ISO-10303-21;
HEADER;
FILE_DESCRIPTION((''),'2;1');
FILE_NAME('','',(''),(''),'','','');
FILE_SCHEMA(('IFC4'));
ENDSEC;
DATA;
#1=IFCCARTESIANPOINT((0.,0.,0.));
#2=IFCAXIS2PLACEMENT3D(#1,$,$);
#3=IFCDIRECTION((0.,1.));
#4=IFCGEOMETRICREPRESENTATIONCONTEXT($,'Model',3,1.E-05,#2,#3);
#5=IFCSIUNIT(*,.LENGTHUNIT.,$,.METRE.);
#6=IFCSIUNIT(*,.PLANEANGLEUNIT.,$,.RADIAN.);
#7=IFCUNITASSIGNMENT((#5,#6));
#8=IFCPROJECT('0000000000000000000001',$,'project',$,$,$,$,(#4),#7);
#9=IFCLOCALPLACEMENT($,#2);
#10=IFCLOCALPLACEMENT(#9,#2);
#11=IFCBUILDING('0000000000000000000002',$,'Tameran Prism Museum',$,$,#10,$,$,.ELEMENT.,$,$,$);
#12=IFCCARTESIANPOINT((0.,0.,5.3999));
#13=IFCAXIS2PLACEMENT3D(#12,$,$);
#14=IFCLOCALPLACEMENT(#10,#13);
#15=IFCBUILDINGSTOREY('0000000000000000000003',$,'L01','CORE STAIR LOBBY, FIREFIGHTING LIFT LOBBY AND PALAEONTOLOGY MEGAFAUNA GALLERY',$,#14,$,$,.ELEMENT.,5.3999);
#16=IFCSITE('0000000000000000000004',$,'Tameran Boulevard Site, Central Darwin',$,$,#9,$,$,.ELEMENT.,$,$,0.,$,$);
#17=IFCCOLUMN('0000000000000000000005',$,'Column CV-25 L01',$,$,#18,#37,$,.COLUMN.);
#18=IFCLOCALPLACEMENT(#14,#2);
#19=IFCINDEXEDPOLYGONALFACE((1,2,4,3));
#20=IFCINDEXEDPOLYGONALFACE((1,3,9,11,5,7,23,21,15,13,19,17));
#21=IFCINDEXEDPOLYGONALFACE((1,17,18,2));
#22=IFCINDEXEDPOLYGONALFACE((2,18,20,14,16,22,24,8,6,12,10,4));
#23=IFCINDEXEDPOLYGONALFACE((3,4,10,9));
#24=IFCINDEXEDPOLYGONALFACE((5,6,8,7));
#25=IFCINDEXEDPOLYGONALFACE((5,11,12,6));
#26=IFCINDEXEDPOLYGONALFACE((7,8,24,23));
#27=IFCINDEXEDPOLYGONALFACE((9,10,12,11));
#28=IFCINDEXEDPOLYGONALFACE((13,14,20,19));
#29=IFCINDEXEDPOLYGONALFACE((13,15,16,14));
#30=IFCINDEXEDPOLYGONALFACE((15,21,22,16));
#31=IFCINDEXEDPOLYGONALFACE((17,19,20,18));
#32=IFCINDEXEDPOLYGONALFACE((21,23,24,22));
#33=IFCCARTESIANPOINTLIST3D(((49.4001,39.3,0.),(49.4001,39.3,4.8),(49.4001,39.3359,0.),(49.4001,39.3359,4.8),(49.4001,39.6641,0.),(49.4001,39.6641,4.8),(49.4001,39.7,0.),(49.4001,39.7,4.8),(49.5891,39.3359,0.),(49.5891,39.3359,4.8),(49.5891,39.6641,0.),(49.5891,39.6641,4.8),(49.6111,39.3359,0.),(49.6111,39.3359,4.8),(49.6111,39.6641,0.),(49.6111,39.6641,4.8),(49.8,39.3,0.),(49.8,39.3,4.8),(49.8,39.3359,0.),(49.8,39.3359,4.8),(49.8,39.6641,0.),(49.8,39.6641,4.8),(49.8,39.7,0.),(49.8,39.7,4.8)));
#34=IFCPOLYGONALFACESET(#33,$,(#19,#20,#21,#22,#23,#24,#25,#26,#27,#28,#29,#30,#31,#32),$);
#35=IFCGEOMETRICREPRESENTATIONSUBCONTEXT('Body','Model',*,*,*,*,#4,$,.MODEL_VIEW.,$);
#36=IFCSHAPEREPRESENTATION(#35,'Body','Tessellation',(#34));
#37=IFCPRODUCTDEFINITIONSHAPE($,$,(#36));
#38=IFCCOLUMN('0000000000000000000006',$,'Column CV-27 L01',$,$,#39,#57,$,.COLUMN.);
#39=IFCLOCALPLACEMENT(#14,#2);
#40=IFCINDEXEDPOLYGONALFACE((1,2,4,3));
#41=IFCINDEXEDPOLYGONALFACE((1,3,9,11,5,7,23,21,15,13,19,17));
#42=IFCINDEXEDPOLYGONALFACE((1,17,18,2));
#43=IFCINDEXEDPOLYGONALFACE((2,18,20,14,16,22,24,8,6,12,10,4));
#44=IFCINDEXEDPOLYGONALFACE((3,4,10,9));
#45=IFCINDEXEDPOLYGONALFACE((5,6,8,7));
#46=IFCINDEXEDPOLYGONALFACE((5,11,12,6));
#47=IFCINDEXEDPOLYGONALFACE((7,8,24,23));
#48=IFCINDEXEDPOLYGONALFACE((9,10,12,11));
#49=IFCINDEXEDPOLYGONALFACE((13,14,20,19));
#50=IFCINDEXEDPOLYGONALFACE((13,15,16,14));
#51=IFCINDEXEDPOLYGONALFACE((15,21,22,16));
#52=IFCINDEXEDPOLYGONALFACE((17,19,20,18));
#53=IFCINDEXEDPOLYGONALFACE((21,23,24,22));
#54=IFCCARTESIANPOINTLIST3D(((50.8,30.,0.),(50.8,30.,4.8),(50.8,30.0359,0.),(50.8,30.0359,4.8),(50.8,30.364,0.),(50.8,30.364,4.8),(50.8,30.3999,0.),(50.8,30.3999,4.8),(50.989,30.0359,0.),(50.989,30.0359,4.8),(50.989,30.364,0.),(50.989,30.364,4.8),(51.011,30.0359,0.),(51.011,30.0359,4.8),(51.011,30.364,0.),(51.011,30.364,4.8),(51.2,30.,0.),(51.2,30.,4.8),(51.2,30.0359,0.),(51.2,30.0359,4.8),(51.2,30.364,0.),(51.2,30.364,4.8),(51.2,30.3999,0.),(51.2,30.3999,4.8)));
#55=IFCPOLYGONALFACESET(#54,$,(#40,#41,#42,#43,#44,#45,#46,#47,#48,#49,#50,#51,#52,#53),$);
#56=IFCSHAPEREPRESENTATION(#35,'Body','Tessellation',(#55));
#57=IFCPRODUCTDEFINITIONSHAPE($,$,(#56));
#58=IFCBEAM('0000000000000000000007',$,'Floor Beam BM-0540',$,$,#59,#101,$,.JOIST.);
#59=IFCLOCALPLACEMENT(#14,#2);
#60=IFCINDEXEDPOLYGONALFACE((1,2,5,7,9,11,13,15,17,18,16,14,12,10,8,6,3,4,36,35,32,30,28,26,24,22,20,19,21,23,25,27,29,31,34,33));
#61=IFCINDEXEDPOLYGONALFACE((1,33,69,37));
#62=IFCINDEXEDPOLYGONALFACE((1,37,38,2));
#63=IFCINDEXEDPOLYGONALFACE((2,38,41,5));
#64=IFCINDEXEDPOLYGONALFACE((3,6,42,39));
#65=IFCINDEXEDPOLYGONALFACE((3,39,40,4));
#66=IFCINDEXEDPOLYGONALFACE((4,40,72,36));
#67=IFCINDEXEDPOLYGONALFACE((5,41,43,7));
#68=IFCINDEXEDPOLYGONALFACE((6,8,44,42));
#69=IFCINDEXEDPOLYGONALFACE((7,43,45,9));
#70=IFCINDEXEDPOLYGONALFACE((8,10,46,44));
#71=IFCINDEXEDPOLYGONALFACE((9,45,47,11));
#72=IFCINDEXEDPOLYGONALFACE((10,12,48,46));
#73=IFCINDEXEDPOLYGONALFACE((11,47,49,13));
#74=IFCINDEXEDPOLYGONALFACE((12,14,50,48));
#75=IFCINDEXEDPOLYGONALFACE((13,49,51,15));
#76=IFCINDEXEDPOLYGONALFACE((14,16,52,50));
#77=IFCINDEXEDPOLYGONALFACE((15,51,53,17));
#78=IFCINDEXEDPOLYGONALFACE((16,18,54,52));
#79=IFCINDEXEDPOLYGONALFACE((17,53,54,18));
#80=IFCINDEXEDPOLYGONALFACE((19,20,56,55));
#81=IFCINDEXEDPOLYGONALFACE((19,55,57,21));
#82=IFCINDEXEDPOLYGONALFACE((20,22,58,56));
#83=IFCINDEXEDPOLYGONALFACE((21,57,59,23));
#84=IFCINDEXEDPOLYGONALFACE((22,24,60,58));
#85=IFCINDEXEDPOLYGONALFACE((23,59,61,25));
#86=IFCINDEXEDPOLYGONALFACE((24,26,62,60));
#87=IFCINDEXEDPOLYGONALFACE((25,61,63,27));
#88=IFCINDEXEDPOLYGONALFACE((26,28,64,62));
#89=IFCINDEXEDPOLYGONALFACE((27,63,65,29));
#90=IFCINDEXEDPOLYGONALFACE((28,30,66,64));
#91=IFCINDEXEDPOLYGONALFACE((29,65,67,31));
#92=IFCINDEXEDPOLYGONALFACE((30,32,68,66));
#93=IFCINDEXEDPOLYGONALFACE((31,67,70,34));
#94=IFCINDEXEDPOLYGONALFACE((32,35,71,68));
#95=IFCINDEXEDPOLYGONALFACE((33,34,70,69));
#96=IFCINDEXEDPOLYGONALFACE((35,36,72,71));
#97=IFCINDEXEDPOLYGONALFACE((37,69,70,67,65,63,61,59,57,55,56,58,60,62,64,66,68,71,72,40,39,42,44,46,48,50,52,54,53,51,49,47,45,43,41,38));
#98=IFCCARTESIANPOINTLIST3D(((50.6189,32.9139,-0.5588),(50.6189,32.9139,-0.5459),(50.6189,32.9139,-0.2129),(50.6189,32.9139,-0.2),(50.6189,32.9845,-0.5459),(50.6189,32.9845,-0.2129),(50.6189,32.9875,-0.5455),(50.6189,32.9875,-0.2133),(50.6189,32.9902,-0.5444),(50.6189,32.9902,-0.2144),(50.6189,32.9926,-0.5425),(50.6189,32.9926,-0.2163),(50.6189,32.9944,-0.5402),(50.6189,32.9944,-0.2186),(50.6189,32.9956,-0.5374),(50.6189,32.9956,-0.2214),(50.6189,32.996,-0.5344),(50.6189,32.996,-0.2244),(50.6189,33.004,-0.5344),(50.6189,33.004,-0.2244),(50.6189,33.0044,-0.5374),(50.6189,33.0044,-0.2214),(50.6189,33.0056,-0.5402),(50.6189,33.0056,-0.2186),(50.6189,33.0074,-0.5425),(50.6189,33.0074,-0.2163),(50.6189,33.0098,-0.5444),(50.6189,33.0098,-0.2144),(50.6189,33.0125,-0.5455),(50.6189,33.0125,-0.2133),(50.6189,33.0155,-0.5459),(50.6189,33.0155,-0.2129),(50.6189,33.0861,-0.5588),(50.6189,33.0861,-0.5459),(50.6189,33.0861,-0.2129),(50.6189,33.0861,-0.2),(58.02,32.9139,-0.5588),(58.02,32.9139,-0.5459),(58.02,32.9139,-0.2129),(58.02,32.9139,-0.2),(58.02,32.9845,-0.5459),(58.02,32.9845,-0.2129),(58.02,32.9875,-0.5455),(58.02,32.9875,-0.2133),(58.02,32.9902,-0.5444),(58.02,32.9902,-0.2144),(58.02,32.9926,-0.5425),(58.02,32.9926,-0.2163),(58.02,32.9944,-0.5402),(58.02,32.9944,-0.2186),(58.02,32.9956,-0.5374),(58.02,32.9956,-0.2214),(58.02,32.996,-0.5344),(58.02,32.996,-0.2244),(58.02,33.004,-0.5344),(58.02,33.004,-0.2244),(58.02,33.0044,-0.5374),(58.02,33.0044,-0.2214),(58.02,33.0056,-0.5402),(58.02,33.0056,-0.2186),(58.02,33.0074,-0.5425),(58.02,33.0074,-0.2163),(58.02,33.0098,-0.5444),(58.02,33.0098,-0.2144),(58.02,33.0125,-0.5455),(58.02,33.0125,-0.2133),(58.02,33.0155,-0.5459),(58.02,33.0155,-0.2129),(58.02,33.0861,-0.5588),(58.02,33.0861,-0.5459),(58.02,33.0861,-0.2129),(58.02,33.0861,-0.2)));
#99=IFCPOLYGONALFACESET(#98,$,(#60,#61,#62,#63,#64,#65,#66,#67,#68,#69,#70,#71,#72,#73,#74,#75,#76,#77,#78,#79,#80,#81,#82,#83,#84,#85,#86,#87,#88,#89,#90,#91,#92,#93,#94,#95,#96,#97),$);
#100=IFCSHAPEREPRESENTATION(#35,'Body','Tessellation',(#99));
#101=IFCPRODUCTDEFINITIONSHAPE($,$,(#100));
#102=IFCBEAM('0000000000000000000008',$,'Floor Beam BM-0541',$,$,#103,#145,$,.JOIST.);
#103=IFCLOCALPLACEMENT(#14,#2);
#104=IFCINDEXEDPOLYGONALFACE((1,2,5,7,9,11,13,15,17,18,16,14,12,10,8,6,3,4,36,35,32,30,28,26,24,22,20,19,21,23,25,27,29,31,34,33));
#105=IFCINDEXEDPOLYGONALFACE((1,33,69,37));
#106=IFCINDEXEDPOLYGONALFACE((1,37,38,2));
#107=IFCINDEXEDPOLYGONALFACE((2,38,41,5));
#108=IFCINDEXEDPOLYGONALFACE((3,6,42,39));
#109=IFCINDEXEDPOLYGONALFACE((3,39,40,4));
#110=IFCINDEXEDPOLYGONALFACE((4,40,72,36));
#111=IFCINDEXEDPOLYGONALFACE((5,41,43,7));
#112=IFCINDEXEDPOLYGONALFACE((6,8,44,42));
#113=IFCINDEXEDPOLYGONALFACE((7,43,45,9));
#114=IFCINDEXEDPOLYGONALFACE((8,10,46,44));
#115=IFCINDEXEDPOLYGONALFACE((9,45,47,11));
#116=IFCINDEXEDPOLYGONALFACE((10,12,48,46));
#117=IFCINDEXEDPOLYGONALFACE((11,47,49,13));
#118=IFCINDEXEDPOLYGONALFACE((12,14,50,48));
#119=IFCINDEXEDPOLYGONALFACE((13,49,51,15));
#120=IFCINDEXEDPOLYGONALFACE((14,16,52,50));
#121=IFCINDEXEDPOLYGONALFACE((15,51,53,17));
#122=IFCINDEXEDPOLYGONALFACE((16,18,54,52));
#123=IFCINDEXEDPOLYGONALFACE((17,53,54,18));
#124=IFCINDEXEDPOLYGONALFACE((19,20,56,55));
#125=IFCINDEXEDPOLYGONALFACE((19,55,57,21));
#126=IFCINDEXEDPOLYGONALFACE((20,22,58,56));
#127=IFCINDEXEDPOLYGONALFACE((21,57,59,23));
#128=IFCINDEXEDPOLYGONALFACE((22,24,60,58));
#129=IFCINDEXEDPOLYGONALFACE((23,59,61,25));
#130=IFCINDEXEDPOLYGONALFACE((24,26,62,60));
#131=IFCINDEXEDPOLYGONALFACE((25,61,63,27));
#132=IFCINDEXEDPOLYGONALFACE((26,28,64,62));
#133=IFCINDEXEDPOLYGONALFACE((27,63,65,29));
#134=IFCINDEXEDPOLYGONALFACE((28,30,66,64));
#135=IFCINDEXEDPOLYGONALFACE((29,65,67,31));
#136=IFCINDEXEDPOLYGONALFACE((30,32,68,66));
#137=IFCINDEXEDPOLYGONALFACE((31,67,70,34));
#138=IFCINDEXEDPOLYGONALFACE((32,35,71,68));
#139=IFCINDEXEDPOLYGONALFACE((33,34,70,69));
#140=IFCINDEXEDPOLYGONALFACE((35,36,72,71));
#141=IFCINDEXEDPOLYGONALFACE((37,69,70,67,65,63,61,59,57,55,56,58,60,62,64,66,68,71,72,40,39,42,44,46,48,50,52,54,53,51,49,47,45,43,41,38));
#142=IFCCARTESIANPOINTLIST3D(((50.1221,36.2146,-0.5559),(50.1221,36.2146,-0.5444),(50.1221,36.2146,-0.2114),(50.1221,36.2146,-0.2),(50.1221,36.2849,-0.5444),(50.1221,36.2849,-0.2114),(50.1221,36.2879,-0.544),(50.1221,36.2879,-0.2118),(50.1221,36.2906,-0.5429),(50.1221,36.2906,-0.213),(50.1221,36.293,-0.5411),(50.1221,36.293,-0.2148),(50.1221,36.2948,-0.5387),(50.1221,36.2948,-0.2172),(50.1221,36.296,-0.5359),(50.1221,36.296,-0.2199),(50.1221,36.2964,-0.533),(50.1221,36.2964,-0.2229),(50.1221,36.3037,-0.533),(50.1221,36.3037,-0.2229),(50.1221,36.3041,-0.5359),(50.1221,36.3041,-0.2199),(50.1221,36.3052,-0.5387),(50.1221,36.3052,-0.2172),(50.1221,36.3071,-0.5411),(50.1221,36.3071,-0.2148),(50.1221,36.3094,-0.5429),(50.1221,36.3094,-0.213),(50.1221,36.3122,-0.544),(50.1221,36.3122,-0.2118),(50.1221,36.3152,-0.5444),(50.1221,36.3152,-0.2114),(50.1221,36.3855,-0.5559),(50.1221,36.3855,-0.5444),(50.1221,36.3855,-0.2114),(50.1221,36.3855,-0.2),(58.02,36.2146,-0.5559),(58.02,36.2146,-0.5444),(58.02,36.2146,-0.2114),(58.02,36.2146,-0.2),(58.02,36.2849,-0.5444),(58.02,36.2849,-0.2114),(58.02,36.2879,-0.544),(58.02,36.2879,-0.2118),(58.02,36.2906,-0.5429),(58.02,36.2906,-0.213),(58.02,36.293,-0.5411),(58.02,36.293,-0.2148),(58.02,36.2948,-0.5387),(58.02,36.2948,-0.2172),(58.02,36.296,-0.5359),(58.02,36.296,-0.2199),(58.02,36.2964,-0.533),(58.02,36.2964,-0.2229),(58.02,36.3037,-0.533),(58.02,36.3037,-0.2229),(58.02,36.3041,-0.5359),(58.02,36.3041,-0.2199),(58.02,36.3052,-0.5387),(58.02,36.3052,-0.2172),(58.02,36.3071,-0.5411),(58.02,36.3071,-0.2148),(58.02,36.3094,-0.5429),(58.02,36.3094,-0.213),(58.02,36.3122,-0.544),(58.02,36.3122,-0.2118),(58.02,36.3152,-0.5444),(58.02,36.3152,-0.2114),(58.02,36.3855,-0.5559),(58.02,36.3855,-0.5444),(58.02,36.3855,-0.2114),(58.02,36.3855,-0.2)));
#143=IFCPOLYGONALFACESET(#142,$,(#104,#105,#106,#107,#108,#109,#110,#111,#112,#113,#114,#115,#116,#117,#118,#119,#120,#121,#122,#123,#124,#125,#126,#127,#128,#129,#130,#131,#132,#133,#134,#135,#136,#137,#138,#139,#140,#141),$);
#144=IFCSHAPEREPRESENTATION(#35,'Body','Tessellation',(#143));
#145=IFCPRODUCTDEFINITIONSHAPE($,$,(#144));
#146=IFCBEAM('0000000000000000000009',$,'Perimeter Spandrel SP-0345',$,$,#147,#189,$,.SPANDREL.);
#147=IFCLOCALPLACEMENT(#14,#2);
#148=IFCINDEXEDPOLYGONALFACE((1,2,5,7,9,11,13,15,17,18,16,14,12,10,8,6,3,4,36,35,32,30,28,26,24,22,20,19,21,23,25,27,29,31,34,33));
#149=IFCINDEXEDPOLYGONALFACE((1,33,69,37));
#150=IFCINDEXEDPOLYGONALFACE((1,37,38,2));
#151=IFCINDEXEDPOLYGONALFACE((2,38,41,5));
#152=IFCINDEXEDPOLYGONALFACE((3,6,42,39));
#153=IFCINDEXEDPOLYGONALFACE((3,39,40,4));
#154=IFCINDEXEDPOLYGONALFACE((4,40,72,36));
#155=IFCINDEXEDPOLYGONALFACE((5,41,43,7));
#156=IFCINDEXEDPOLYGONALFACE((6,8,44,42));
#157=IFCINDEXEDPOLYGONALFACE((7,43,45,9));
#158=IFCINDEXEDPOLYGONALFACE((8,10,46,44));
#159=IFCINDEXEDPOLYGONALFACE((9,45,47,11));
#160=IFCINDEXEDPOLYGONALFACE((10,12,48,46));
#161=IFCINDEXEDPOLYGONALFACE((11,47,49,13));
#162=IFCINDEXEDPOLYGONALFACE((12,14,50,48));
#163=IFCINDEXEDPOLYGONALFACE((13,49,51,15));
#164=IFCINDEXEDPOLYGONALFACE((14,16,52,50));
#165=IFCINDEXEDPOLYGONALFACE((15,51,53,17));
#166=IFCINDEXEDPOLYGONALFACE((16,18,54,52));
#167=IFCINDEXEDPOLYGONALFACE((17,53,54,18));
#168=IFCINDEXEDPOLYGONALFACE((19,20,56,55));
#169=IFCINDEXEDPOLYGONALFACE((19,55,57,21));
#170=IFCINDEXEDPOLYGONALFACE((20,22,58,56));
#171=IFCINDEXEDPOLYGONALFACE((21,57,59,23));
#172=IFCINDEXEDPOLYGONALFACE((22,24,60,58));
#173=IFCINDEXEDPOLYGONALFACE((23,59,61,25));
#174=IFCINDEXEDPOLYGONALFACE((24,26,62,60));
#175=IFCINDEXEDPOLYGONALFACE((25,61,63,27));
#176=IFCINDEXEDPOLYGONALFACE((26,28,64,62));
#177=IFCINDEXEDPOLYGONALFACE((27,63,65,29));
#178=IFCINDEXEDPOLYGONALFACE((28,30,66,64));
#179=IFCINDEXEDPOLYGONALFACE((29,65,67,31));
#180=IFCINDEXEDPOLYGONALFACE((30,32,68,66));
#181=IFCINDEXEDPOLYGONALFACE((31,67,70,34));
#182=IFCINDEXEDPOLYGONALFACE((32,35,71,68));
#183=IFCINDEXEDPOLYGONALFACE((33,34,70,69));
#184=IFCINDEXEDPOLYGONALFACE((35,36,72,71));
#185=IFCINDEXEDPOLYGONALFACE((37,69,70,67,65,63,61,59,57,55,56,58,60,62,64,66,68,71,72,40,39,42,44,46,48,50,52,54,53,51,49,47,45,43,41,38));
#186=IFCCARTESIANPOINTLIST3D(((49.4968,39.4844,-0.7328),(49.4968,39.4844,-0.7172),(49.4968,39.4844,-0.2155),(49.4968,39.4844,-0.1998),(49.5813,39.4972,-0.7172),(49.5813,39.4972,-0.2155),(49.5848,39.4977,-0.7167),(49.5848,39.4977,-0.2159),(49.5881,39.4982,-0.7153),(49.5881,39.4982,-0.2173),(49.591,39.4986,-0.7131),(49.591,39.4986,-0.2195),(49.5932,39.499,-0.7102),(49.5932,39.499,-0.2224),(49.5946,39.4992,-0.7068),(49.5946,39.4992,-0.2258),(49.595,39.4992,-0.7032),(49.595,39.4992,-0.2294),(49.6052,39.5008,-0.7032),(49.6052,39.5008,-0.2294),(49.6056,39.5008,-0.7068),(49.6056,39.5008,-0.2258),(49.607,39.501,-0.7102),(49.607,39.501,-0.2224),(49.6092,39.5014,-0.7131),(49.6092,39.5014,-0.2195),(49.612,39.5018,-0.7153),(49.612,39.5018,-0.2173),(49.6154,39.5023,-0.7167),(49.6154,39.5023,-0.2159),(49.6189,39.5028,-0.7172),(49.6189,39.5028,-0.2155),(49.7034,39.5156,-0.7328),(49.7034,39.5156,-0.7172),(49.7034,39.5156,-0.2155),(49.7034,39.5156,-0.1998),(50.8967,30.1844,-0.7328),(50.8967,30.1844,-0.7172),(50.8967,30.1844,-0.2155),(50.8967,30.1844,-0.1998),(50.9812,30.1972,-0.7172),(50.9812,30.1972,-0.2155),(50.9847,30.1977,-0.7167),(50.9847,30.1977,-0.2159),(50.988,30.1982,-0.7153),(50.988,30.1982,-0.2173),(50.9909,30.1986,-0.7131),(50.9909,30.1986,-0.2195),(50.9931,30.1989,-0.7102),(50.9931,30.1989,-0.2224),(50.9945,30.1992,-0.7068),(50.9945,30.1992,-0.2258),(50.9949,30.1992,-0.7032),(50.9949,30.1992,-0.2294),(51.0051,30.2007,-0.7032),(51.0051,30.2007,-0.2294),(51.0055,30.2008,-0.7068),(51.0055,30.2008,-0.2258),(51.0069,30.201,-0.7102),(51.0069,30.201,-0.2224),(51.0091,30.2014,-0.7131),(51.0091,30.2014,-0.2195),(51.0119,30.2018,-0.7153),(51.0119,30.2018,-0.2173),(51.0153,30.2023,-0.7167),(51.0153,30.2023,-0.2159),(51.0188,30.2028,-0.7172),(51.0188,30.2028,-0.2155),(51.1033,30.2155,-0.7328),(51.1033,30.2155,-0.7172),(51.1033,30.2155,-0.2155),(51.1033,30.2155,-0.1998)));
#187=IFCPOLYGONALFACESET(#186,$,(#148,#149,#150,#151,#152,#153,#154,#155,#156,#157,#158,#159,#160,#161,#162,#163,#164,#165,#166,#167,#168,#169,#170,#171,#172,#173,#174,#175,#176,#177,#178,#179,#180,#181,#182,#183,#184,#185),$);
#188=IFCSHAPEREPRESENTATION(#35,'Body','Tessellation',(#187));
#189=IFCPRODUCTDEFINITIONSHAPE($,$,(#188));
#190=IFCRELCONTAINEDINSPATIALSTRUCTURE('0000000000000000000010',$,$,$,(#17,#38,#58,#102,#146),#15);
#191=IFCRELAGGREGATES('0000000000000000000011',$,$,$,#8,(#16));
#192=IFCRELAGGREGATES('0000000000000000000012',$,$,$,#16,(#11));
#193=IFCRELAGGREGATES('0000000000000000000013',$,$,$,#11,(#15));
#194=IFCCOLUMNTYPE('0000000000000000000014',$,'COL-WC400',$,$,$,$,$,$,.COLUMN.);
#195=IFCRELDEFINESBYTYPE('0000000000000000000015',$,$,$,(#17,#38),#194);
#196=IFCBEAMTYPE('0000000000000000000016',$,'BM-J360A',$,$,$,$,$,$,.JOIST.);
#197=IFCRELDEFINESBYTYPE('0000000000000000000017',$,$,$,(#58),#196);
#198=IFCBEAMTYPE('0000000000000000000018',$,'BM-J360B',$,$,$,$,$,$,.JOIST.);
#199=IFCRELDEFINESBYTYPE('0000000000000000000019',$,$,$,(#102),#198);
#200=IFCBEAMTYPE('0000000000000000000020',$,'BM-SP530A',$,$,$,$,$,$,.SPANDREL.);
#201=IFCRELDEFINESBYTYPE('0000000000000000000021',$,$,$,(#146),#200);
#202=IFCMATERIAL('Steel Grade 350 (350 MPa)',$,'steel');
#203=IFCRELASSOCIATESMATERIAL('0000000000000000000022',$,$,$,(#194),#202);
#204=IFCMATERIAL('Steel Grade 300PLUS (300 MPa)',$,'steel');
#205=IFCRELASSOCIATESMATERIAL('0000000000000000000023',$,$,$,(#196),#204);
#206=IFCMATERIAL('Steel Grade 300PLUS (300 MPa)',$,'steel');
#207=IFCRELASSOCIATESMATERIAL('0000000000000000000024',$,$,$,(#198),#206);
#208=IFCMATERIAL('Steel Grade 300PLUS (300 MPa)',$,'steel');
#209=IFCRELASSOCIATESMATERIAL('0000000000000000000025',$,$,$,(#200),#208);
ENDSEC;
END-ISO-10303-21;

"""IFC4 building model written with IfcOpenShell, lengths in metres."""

from ifc_helpers import new_model, si_unit, direction, frame, origin, origin_2d, place, context, subcontext, project, spatial, i_section, extrude, material, material_profile, profile_set, type_object, element, save


model = new_model("IFC4")

# Units and contexts
model_context = context("Model", 3, precision=1e-05, world=origin(), true_north=direction((0.0, 1.0)))
body_context = subcontext(model_context, "Body", "Model", "MODEL_VIEW")
ifc_project = project(units=[si_unit("LENGTHUNIT", "METRE"), si_unit("PLANEANGLEUNIT", "RADIAN")], contexts=[model_context])

# Site, building, storey
site_placement = place(None, origin())
site = spatial("IfcSite", under=ifc_project, at=site_placement, Name="Tameran Boulevard Site, Central Darwin", CompositionType="ELEMENT", RefElevation=0.0)
building_placement = place(site_placement, origin())
building = spatial("IfcBuilding", under=site, at=building_placement, Name="Tameran Prism Museum", CompositionType="ELEMENT")
storey_placement = place(building_placement, frame((0.0, 0.0, 5.3999)))
storey = spatial("IfcBuildingStorey", under=building, at=storey_placement, Name="L01", Description="CORE STAIR LOBBY, FIREFIGHTING LIFT LOBBY AND PALAEONTOLOGY MEGAFAUNA GALLERY", CompositionType="ELEMENT", Elevation=5.3999)

# Columns
ifc_material_1 = material(Name="Steel Grade 350 (350 MPa)", Category="steel")
ifc_material_profile_1 = material_profile(ifc_material_1, i_section(OverallWidth=0.3999, OverallDepth=0.3999, WebThickness=0.022, FlangeThickness=0.0359, at=origin_2d()))
ifc_profile_set_1 = profile_set([ifc_material_profile_1])
column_type = type_object("IfcColumnType", Name="COL-WC400", PredefinedType="COLUMN", material=ifc_profile_set_1)
for number, where, z_axis, x_axis, name in (
    (1, (49.6001, 39.5, 0.0), (0.0, 0.0, 1.0), (1.0, 0.0, 0.0), "Column CV-25 L01"),
    (2, (51.0, 30.2, 0.0), (0.0, 0.0, 1.0), (1.0, 0.0, 0.0), "Column CV-27 L01"),
):
    element("IfcColumn", number, at=place(storey_placement, frame(where, z_axis=z_axis, x_axis=x_axis)), inside=storey, type_object=column_type, Name=name, PredefinedType="COLUMN", context=body_context, shape_type="SweptSolid", body=[
        extrude(i_section(OverallWidth=0.3999, OverallDepth=0.3999, WebThickness=0.022, FlangeThickness=0.0359, at=origin_2d()), origin(), (0.0, 0.0, 1.0), 4.8),
    ])

# Beams
ifc_material_2 = material(Name="Steel Grade 300PLUS (300 MPa)", Category="steel")
ifc_material_profile_2 = material_profile(ifc_material_2, i_section(OverallWidth=0.1721, OverallDepth=0.3589, WebThickness=0.0081, FlangeThickness=0.0129, FilletRadius=0.0115, at=origin_2d()))
ifc_profile_set_2 = profile_set([ifc_material_profile_2])
beam_type_1 = type_object("IfcBeamType", Name="BM-J360A", PredefinedType="JOIST", material=ifc_profile_set_2)
beam_1_placement = place(storey_placement, frame((50.6189, 33.0, -0.3794), z_axis=(1.0, 0.0, 0.0), x_axis=(0.0, 1.0, 0.0)))
element("IfcBeam", 3, at=beam_1_placement, inside=storey, type_object=beam_type_1, Name="Floor Beam BM-0540", PredefinedType="JOIST", context=body_context, shape_type="SweptSolid", body=[
    extrude(i_section(OverallWidth=0.1721, OverallDepth=0.3589, WebThickness=0.0081, FlangeThickness=0.0129, FilletRadius=0.0115, at=origin_2d()), origin(), (0.0, 0.0, 1.0), 7.4011),
])
ifc_material_3 = material(Name="Steel Grade 300PLUS (300 MPa)", Category="steel")
ifc_material_profile_3 = material_profile(ifc_material_3, i_section(OverallWidth=0.1709, OverallDepth=0.356, WebThickness=0.0073, FlangeThickness=0.0115, FilletRadius=0.0115, at=origin_2d()))
ifc_profile_set_3 = profile_set([ifc_material_profile_3])
beam_type_2 = type_object("IfcBeamType", Name="BM-J360B", PredefinedType="JOIST", material=ifc_profile_set_3)
beam_2_placement = place(storey_placement, frame((50.1221, 36.3, -0.3779), z_axis=(1.0, 0.0, 0.0), x_axis=(0.0, 1.0, 0.0)))
element("IfcBeam", 4, at=beam_2_placement, inside=storey, type_object=beam_type_2, Name="Floor Beam BM-0541", PredefinedType="JOIST", context=body_context, shape_type="SweptSolid", body=[
    extrude(i_section(OverallWidth=0.1709, OverallDepth=0.356, WebThickness=0.0073, FlangeThickness=0.0115, FilletRadius=0.0115, at=origin_2d()), origin(), (0.0, 0.0, 1.0), 7.8979),
])
ifc_material_4 = material(Name="Steel Grade 300PLUS (300 MPa)", Category="steel")
ifc_material_profile_4 = material_profile(ifc_material_4, i_section(OverallWidth=0.209, OverallDepth=0.533, WebThickness=0.0103, FlangeThickness=0.0156, FilletRadius=0.0139, at=origin_2d()))
ifc_profile_set_4 = profile_set([ifc_material_profile_4])
beam_type_3 = type_object("IfcBeamType", Name="BM-SP530A", PredefinedType="SPANDREL", material=ifc_profile_set_4)
beam_3_placement = place(storey_placement, frame((49.6001, 39.5, -0.4663), z_axis=(0.148849, -0.98886, 0.0), x_axis=(0.98886, 0.148849, 0.0)))
element("IfcBeam", 5, at=beam_3_placement, inside=storey, type_object=beam_type_3, Name="Perimeter Spandrel SP-0345", PredefinedType="SPANDREL", context=body_context, shape_type="SweptSolid", body=[
    extrude(i_section(OverallWidth=0.209, OverallDepth=0.533, WebThickness=0.0103, FlangeThickness=0.0156, FilletRadius=0.0139, at=origin_2d()), origin(), (0.0, 0.0, 1.0), 9.4048),
])

save(model, "model.ifc")
